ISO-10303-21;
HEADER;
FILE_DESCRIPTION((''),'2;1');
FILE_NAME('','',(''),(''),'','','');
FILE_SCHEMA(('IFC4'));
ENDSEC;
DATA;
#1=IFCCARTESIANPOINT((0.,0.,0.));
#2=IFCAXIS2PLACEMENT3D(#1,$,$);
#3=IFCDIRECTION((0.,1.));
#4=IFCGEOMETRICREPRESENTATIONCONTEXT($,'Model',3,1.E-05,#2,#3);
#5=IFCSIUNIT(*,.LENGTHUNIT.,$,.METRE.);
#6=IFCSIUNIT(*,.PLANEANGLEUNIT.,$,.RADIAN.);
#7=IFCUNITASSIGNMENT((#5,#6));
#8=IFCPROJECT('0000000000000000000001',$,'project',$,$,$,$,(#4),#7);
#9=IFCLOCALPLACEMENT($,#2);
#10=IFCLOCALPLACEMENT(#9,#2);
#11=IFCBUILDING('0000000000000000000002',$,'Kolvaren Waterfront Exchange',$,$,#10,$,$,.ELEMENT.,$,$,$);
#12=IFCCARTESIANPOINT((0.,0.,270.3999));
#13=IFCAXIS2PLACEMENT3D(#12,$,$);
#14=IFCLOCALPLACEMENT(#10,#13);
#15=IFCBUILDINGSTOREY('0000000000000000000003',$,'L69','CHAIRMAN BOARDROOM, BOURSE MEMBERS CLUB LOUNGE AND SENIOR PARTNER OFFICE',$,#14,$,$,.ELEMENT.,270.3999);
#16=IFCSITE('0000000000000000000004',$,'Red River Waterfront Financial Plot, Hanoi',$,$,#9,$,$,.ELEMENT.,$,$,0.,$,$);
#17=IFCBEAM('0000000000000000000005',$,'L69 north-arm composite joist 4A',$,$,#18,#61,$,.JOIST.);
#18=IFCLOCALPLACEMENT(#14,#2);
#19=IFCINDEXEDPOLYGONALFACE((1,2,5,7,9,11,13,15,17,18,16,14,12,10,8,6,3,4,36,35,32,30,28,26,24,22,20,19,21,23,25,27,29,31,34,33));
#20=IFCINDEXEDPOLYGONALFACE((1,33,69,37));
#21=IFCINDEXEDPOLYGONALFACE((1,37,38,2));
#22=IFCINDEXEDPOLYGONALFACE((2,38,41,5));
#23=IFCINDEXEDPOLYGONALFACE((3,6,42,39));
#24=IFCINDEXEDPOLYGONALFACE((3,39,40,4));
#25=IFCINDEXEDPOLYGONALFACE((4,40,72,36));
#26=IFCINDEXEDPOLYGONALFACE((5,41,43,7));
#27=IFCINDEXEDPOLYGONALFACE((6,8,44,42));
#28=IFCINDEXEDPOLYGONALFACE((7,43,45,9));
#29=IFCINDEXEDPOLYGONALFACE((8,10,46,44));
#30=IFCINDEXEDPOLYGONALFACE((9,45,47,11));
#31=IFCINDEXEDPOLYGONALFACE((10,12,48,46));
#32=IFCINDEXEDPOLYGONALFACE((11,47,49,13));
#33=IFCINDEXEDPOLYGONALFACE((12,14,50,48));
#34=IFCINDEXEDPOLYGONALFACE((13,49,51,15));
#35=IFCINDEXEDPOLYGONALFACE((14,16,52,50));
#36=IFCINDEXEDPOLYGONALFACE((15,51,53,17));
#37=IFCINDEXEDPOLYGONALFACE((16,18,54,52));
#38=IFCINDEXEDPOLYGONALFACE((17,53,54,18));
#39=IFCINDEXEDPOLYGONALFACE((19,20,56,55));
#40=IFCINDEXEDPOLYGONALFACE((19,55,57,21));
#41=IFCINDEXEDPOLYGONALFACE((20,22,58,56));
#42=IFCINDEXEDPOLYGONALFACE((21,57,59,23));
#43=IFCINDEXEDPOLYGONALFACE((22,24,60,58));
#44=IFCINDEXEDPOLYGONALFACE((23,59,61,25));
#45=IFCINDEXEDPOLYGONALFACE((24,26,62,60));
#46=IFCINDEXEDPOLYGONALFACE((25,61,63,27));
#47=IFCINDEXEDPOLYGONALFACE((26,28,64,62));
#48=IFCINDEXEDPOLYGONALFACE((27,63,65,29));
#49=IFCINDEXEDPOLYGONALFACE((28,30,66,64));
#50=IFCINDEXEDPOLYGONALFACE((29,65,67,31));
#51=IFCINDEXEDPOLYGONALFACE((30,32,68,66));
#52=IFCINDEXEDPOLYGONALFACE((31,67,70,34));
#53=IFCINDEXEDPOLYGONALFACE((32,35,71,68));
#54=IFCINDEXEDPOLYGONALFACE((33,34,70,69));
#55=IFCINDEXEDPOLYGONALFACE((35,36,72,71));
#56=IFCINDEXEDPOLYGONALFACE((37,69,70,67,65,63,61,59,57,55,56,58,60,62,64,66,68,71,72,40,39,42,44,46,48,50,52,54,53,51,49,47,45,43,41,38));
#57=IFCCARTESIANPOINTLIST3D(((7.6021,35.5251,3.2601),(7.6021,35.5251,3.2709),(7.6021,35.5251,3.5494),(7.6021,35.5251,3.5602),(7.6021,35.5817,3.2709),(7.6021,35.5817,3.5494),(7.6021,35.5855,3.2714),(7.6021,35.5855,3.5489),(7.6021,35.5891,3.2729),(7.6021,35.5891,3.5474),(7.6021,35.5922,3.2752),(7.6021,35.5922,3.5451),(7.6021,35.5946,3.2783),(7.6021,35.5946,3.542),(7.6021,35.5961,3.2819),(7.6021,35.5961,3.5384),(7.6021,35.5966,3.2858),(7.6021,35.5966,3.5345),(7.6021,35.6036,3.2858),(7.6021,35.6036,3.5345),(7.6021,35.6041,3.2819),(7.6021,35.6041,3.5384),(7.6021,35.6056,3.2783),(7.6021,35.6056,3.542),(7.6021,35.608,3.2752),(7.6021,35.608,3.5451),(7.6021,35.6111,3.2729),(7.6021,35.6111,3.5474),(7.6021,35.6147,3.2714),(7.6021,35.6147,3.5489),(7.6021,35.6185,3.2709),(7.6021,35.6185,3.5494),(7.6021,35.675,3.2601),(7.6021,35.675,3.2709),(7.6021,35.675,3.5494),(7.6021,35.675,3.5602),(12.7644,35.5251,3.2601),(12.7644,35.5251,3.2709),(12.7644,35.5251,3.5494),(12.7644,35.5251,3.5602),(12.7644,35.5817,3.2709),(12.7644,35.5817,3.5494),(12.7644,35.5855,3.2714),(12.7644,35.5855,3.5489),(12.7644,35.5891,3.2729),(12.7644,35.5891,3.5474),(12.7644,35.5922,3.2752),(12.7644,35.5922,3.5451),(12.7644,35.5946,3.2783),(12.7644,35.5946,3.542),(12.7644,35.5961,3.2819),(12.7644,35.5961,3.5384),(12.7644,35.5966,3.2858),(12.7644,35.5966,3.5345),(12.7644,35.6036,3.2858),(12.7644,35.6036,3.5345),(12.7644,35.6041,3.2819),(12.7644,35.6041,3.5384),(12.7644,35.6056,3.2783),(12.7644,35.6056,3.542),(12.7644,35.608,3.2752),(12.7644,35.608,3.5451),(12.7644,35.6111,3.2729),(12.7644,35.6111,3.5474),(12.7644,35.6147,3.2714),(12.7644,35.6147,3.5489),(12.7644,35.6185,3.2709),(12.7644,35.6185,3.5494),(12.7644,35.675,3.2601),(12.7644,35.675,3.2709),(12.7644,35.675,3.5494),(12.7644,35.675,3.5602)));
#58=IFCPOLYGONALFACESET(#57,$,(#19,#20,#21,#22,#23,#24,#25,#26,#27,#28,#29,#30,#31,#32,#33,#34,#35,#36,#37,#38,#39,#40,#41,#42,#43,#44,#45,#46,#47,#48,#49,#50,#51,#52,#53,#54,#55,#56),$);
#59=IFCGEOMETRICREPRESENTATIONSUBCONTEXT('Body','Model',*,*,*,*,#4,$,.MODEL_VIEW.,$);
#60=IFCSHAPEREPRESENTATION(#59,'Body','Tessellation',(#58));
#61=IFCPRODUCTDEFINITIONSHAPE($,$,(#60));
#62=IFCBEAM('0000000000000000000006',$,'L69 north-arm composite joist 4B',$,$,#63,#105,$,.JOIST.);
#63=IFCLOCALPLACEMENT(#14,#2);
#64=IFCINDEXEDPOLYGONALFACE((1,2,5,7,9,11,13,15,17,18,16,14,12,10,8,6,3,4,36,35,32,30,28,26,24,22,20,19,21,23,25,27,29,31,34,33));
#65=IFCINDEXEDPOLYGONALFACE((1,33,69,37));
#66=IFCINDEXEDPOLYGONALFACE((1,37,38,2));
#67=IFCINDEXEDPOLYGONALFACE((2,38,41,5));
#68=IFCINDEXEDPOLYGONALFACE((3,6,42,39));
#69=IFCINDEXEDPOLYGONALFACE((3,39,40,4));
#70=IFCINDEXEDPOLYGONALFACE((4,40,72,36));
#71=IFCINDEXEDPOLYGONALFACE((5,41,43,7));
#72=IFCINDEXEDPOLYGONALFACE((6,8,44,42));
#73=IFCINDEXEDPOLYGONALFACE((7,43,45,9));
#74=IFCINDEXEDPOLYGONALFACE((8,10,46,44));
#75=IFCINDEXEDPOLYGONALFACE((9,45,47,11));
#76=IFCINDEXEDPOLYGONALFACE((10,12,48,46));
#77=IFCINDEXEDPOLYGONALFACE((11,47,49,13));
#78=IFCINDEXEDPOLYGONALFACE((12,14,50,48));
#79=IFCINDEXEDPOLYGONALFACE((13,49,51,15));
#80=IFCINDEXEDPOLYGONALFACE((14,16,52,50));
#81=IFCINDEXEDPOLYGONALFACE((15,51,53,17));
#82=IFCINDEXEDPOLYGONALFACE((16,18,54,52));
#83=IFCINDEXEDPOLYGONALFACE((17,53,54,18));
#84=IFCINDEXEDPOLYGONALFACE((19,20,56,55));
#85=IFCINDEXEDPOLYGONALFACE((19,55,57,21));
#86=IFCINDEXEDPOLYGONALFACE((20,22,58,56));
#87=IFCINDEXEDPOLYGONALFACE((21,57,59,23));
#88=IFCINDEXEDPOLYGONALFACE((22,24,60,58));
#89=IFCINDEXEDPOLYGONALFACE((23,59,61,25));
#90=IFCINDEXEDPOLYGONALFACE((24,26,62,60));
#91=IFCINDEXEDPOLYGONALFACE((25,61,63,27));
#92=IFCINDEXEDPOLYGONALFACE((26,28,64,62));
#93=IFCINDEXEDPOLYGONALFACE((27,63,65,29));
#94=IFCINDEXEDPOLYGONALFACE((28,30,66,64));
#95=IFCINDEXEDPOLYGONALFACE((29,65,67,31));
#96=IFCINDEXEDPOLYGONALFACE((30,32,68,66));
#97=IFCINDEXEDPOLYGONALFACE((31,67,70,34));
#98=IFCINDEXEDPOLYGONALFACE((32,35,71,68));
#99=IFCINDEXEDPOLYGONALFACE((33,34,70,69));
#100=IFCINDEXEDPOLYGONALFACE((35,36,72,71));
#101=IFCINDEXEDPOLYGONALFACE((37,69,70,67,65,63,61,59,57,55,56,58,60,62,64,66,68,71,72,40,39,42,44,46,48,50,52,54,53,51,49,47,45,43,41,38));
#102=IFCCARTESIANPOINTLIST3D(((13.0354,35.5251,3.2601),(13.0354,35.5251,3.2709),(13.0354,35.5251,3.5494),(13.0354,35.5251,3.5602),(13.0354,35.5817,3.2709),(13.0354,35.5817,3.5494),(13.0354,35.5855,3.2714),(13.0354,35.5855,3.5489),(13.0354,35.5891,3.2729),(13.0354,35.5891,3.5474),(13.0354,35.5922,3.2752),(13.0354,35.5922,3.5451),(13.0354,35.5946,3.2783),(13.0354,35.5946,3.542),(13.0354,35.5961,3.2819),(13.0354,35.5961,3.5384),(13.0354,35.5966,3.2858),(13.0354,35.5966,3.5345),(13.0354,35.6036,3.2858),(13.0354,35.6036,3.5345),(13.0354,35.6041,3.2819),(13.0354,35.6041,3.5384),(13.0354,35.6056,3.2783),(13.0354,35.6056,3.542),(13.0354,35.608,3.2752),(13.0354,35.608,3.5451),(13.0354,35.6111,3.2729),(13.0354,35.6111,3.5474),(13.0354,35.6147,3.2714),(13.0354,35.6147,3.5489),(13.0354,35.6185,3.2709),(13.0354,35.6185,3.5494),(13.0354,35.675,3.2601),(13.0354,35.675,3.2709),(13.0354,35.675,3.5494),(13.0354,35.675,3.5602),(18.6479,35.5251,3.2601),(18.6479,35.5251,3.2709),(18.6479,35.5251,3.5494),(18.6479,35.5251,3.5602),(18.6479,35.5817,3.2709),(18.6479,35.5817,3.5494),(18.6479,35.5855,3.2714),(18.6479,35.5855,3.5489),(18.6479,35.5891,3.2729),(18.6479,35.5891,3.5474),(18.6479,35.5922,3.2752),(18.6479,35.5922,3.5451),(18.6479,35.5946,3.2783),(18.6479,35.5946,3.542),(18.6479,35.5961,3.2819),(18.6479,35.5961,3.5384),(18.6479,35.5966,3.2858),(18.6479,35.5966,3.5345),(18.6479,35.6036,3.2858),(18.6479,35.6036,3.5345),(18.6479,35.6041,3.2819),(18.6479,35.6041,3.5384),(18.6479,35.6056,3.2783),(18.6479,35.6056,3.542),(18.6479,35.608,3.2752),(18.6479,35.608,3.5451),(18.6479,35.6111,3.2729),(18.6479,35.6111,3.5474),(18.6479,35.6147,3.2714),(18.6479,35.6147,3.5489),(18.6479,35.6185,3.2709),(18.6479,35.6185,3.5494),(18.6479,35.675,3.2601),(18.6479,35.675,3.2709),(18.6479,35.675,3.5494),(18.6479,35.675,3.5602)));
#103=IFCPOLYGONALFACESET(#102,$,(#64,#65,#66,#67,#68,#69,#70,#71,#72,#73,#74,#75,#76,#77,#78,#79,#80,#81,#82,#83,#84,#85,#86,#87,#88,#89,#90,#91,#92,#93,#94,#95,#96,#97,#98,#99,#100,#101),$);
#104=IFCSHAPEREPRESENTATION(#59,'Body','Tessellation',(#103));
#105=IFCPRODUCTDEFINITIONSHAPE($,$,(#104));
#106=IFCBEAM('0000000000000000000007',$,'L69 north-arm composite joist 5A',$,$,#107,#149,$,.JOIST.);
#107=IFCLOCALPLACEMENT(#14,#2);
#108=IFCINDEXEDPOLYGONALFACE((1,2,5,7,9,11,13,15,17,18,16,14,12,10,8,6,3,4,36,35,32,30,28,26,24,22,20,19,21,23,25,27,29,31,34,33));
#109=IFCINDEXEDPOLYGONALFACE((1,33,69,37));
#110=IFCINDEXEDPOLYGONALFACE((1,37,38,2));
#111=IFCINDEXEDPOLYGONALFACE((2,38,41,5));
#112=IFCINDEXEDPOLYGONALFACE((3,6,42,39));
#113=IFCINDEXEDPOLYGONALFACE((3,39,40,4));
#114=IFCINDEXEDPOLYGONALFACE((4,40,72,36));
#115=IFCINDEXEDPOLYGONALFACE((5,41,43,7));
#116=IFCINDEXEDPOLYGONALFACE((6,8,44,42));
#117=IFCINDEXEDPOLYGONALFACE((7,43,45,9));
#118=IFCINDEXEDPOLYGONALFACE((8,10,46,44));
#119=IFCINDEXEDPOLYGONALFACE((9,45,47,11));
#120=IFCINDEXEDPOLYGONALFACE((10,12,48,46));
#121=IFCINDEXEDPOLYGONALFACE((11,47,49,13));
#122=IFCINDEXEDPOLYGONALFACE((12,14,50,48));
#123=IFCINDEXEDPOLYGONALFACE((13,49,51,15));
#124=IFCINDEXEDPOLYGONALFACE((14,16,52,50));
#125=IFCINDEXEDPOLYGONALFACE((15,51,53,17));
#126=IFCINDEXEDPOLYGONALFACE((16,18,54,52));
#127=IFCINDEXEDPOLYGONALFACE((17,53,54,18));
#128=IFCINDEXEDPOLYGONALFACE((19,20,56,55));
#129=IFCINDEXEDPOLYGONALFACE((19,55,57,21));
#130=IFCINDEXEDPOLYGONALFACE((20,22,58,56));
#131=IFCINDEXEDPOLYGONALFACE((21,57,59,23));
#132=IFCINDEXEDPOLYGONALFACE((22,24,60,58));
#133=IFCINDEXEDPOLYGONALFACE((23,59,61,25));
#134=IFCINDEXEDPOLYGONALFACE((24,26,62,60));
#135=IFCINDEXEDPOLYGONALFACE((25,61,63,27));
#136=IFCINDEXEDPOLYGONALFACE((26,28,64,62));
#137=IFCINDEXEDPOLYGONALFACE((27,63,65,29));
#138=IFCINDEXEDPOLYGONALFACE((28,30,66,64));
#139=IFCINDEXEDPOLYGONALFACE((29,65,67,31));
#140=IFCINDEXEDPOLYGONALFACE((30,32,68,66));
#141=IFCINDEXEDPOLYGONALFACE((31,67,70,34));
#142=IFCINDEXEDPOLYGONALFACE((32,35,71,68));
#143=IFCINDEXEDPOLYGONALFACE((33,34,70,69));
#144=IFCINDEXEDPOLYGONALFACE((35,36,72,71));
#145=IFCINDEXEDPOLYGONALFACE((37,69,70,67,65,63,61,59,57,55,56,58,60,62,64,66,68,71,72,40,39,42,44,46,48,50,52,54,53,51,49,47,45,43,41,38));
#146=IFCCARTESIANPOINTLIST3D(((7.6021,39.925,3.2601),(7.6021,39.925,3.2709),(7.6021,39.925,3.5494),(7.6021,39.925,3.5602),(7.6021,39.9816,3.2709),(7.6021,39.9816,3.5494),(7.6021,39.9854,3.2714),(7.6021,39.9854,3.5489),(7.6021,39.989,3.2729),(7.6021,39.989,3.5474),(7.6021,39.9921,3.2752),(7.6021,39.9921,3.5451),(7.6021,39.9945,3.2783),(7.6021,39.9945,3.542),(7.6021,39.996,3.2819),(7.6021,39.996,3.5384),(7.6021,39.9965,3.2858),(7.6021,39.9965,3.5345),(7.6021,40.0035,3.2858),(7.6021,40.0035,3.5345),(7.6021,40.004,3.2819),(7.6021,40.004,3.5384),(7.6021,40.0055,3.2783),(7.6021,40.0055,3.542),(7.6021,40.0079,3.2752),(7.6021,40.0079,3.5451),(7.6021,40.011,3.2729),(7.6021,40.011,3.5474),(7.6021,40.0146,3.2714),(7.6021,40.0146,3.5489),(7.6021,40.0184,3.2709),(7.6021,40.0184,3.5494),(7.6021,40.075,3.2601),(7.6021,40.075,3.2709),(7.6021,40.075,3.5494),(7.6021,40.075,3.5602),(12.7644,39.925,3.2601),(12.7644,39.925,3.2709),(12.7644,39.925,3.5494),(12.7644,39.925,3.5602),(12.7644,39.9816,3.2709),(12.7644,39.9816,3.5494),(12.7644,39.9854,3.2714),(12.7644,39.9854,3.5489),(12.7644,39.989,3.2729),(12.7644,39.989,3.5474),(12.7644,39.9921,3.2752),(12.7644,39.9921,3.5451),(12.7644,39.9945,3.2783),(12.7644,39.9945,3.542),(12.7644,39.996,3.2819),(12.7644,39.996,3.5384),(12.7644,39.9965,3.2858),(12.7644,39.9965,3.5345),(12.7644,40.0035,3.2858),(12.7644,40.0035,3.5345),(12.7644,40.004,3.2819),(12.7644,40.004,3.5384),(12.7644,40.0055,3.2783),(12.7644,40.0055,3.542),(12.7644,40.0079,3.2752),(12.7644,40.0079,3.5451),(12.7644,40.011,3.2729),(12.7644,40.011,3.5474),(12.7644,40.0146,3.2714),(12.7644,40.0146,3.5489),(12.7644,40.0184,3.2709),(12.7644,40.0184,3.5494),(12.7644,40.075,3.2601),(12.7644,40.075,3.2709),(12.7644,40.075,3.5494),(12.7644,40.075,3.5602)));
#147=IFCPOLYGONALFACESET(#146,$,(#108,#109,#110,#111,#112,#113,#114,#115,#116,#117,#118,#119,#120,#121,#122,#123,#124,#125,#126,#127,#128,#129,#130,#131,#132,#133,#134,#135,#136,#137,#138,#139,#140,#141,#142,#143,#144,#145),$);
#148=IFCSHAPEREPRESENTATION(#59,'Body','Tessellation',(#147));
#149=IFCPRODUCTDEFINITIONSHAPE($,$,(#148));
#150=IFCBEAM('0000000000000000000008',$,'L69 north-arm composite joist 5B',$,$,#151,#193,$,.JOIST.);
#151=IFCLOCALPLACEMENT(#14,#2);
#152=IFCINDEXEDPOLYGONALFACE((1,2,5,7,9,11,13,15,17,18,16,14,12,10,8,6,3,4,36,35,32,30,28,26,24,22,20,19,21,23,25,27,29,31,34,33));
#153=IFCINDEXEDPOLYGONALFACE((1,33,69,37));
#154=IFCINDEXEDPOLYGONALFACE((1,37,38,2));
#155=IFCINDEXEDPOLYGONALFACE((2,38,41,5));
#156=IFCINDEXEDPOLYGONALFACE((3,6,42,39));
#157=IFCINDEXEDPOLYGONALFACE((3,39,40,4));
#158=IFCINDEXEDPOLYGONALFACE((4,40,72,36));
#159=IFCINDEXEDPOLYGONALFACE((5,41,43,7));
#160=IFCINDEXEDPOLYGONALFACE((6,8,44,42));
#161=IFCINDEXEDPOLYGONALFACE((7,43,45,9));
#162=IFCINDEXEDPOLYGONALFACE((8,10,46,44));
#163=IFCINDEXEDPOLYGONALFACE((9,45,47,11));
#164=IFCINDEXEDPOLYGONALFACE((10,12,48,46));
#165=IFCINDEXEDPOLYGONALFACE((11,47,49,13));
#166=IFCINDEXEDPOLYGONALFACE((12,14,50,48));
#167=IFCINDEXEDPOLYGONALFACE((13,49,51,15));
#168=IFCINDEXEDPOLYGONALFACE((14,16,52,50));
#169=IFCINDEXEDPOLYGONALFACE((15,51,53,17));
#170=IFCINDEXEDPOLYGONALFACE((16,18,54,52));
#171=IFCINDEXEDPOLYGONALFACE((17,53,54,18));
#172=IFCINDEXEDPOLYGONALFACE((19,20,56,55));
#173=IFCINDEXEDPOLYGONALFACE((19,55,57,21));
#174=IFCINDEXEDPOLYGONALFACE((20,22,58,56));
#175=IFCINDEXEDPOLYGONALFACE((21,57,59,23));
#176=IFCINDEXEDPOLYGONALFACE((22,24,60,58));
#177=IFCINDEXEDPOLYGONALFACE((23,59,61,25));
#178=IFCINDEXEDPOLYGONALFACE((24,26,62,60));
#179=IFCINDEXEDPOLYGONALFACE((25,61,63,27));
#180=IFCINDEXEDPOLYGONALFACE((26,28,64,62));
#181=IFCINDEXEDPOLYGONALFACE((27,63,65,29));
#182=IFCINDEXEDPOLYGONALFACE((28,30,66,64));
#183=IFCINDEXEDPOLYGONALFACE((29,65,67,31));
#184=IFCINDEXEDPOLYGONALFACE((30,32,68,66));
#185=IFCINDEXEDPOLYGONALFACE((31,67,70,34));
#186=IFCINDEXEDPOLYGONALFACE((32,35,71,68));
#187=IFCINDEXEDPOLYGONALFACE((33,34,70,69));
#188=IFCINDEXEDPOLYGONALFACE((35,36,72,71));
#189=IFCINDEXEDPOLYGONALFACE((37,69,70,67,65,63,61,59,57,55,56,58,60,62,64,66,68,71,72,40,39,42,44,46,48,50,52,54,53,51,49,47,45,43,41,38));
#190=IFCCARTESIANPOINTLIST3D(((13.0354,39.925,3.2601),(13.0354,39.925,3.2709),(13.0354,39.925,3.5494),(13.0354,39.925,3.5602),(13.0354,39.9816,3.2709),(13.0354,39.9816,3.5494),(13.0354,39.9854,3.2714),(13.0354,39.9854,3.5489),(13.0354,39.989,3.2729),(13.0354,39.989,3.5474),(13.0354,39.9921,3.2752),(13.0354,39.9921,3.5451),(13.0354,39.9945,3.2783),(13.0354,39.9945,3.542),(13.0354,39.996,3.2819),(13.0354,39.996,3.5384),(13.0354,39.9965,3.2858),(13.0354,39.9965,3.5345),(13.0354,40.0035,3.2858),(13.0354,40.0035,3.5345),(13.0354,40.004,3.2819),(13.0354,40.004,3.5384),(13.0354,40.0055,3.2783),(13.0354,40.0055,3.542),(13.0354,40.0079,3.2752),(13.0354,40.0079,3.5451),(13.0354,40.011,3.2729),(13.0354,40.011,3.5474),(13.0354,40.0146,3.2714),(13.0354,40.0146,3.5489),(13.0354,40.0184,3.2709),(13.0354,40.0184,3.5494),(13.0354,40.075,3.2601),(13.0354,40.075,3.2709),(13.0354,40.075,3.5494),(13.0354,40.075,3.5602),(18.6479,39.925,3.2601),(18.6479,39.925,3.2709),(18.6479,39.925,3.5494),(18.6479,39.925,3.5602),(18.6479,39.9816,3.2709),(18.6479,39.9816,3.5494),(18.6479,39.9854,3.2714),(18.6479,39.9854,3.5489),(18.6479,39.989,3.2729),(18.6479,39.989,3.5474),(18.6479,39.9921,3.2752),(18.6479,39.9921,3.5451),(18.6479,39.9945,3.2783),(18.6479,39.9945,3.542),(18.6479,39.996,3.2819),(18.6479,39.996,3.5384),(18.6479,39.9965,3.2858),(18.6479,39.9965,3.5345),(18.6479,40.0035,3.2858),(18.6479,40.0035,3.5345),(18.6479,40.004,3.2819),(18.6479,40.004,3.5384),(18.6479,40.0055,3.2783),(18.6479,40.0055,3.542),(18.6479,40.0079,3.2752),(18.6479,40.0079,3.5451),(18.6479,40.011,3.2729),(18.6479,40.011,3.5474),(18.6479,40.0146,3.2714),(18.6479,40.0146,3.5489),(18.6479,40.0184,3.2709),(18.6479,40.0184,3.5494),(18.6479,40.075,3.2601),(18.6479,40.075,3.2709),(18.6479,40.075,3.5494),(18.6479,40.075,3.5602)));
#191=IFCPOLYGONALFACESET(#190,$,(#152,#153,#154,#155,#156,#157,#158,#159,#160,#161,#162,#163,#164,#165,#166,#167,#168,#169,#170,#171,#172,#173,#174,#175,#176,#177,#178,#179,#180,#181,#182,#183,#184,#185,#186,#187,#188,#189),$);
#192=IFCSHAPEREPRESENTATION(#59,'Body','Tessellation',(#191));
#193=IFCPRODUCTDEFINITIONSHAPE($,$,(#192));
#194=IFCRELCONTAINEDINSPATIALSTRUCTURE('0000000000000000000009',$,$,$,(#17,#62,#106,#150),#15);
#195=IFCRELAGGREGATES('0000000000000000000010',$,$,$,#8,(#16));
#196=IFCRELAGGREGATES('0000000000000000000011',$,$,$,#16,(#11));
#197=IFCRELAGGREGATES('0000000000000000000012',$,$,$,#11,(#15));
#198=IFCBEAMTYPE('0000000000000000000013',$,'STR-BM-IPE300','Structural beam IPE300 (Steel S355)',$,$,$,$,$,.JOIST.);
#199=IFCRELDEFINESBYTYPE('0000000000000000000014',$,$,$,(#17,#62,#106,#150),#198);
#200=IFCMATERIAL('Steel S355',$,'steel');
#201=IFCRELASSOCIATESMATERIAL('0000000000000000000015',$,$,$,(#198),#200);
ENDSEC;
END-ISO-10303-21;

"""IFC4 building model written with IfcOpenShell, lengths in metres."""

from ifc_helpers import new_model, si_unit, direction, frame, origin, origin_2d, place, context, subcontext, project, spatial, i_section, extrude, material, material_profile, profile_set, type_object, element, save


model = new_model("IFC4")

# Units and contexts
model_context = context("Model", 3, precision=1e-05, world=origin(), true_north=direction((0.0, 1.0)))
body_context = subcontext(model_context, "Body", "Model", "MODEL_VIEW")
ifc_project = project(units=[si_unit("LENGTHUNIT", "METRE"), si_unit("PLANEANGLEUNIT", "RADIAN")], contexts=[model_context])

# Site, building, storey
site_placement = place(None, origin())
site = spatial("IfcSite", under=ifc_project, at=site_placement, Name="Red River Waterfront Financial Plot, Hanoi", CompositionType="ELEMENT", RefElevation=0.0)
building_placement = place(site_placement, origin())
building = spatial("IfcBuilding", under=site, at=building_placement, Name="Kolvaren Waterfront Exchange", CompositionType="ELEMENT")
storey_placement = place(building_placement, frame((0.0, 0.0, 270.3999)))
storey = spatial("IfcBuildingStorey", under=building, at=storey_placement, Name="L69", Description="CHAIRMAN BOARDROOM, BOURSE MEMBERS CLUB LOUNGE AND SENIOR PARTNER OFFICE", CompositionType="ELEMENT", Elevation=270.3999)

# Beams
ifc_material_1 = material(Name="Steel S355", Category="steel")
ifc_material_profile_1 = material_profile(ifc_material_1, i_section(OverallWidth=0.1499, OverallDepth=0.3, WebThickness=0.0071, FlangeThickness=0.0107, FilletRadius=0.0149, at=origin_2d()), Name="IPE300")
ifc_profile_set_1 = profile_set([ifc_material_profile_1], Name="Steel S355")
beam_type_1 = type_object("IfcBeamType", Name="STR-BM-IPE300", Description="Structural beam IPE300 (Steel S355)", PredefinedType="JOIST", material=ifc_profile_set_1)
beam_1_placement = place(storey_placement, frame((7.6021, 35.6001, 3.4102), z_axis=(1.0, 0.0, 0.0), x_axis=(0.0, 1.0, 0.0)))
element("IfcBeam", 1, at=beam_1_placement, inside=storey, type_object=beam_type_1, Name="L69 north-arm composite joist 4A", PredefinedType="JOIST", context=body_context, shape_type="SweptSolid", body=[
    extrude(i_section(OverallWidth=0.1499, OverallDepth=0.3, WebThickness=0.0071, FlangeThickness=0.0107, FilletRadius=0.0149, at=origin_2d()), origin(), (0.0, 0.0, 1.0), 5.1624),
])
beam_2_placement = place(storey_placement, frame((13.0354, 35.6001, 3.4102), z_axis=(1.0, 0.0, 0.0), x_axis=(0.0, 1.0, 0.0)))
element("IfcBeam", 2, at=beam_2_placement, inside=storey, type_object=beam_type_1, Name="L69 north-arm composite joist 4B", PredefinedType="JOIST", context=body_context, shape_type="SweptSolid", body=[
    extrude(i_section(OverallWidth=0.1499, OverallDepth=0.3, WebThickness=0.0071, FlangeThickness=0.0107, FilletRadius=0.0149, at=origin_2d()), origin(), (0.0, 0.0, 1.0), 5.6125),
])
beam_3_placement = place(storey_placement, frame((7.6021, 40.0, 3.4102), z_axis=(1.0, 0.0, 0.0), x_axis=(0.0, 1.0, 0.0)))
element("IfcBeam", 3, at=beam_3_placement, inside=storey, type_object=beam_type_1, Name="L69 north-arm composite joist 5A", PredefinedType="JOIST", context=body_context, shape_type="SweptSolid", body=[
    extrude(i_section(OverallWidth=0.1499, OverallDepth=0.3, WebThickness=0.0071, FlangeThickness=0.0107, FilletRadius=0.0149, at=origin_2d()), origin(), (0.0, 0.0, 1.0), 5.1624),
])
beam_4_placement = place(storey_placement, frame((13.0354, 40.0, 3.4102), z_axis=(1.0, 0.0, 0.0), x_axis=(0.0, 1.0, 0.0)))
element("IfcBeam", 4, at=beam_4_placement, inside=storey, type_object=beam_type_1, Name="L69 north-arm composite joist 5B", PredefinedType="JOIST", context=body_context, shape_type="SweptSolid", body=[
    extrude(i_section(OverallWidth=0.1499, OverallDepth=0.3, WebThickness=0.0071, FlangeThickness=0.0107, FilletRadius=0.0149, at=origin_2d()), origin(), (0.0, 0.0, 1.0), 5.6125),
])

save(model, "model.ifc")
